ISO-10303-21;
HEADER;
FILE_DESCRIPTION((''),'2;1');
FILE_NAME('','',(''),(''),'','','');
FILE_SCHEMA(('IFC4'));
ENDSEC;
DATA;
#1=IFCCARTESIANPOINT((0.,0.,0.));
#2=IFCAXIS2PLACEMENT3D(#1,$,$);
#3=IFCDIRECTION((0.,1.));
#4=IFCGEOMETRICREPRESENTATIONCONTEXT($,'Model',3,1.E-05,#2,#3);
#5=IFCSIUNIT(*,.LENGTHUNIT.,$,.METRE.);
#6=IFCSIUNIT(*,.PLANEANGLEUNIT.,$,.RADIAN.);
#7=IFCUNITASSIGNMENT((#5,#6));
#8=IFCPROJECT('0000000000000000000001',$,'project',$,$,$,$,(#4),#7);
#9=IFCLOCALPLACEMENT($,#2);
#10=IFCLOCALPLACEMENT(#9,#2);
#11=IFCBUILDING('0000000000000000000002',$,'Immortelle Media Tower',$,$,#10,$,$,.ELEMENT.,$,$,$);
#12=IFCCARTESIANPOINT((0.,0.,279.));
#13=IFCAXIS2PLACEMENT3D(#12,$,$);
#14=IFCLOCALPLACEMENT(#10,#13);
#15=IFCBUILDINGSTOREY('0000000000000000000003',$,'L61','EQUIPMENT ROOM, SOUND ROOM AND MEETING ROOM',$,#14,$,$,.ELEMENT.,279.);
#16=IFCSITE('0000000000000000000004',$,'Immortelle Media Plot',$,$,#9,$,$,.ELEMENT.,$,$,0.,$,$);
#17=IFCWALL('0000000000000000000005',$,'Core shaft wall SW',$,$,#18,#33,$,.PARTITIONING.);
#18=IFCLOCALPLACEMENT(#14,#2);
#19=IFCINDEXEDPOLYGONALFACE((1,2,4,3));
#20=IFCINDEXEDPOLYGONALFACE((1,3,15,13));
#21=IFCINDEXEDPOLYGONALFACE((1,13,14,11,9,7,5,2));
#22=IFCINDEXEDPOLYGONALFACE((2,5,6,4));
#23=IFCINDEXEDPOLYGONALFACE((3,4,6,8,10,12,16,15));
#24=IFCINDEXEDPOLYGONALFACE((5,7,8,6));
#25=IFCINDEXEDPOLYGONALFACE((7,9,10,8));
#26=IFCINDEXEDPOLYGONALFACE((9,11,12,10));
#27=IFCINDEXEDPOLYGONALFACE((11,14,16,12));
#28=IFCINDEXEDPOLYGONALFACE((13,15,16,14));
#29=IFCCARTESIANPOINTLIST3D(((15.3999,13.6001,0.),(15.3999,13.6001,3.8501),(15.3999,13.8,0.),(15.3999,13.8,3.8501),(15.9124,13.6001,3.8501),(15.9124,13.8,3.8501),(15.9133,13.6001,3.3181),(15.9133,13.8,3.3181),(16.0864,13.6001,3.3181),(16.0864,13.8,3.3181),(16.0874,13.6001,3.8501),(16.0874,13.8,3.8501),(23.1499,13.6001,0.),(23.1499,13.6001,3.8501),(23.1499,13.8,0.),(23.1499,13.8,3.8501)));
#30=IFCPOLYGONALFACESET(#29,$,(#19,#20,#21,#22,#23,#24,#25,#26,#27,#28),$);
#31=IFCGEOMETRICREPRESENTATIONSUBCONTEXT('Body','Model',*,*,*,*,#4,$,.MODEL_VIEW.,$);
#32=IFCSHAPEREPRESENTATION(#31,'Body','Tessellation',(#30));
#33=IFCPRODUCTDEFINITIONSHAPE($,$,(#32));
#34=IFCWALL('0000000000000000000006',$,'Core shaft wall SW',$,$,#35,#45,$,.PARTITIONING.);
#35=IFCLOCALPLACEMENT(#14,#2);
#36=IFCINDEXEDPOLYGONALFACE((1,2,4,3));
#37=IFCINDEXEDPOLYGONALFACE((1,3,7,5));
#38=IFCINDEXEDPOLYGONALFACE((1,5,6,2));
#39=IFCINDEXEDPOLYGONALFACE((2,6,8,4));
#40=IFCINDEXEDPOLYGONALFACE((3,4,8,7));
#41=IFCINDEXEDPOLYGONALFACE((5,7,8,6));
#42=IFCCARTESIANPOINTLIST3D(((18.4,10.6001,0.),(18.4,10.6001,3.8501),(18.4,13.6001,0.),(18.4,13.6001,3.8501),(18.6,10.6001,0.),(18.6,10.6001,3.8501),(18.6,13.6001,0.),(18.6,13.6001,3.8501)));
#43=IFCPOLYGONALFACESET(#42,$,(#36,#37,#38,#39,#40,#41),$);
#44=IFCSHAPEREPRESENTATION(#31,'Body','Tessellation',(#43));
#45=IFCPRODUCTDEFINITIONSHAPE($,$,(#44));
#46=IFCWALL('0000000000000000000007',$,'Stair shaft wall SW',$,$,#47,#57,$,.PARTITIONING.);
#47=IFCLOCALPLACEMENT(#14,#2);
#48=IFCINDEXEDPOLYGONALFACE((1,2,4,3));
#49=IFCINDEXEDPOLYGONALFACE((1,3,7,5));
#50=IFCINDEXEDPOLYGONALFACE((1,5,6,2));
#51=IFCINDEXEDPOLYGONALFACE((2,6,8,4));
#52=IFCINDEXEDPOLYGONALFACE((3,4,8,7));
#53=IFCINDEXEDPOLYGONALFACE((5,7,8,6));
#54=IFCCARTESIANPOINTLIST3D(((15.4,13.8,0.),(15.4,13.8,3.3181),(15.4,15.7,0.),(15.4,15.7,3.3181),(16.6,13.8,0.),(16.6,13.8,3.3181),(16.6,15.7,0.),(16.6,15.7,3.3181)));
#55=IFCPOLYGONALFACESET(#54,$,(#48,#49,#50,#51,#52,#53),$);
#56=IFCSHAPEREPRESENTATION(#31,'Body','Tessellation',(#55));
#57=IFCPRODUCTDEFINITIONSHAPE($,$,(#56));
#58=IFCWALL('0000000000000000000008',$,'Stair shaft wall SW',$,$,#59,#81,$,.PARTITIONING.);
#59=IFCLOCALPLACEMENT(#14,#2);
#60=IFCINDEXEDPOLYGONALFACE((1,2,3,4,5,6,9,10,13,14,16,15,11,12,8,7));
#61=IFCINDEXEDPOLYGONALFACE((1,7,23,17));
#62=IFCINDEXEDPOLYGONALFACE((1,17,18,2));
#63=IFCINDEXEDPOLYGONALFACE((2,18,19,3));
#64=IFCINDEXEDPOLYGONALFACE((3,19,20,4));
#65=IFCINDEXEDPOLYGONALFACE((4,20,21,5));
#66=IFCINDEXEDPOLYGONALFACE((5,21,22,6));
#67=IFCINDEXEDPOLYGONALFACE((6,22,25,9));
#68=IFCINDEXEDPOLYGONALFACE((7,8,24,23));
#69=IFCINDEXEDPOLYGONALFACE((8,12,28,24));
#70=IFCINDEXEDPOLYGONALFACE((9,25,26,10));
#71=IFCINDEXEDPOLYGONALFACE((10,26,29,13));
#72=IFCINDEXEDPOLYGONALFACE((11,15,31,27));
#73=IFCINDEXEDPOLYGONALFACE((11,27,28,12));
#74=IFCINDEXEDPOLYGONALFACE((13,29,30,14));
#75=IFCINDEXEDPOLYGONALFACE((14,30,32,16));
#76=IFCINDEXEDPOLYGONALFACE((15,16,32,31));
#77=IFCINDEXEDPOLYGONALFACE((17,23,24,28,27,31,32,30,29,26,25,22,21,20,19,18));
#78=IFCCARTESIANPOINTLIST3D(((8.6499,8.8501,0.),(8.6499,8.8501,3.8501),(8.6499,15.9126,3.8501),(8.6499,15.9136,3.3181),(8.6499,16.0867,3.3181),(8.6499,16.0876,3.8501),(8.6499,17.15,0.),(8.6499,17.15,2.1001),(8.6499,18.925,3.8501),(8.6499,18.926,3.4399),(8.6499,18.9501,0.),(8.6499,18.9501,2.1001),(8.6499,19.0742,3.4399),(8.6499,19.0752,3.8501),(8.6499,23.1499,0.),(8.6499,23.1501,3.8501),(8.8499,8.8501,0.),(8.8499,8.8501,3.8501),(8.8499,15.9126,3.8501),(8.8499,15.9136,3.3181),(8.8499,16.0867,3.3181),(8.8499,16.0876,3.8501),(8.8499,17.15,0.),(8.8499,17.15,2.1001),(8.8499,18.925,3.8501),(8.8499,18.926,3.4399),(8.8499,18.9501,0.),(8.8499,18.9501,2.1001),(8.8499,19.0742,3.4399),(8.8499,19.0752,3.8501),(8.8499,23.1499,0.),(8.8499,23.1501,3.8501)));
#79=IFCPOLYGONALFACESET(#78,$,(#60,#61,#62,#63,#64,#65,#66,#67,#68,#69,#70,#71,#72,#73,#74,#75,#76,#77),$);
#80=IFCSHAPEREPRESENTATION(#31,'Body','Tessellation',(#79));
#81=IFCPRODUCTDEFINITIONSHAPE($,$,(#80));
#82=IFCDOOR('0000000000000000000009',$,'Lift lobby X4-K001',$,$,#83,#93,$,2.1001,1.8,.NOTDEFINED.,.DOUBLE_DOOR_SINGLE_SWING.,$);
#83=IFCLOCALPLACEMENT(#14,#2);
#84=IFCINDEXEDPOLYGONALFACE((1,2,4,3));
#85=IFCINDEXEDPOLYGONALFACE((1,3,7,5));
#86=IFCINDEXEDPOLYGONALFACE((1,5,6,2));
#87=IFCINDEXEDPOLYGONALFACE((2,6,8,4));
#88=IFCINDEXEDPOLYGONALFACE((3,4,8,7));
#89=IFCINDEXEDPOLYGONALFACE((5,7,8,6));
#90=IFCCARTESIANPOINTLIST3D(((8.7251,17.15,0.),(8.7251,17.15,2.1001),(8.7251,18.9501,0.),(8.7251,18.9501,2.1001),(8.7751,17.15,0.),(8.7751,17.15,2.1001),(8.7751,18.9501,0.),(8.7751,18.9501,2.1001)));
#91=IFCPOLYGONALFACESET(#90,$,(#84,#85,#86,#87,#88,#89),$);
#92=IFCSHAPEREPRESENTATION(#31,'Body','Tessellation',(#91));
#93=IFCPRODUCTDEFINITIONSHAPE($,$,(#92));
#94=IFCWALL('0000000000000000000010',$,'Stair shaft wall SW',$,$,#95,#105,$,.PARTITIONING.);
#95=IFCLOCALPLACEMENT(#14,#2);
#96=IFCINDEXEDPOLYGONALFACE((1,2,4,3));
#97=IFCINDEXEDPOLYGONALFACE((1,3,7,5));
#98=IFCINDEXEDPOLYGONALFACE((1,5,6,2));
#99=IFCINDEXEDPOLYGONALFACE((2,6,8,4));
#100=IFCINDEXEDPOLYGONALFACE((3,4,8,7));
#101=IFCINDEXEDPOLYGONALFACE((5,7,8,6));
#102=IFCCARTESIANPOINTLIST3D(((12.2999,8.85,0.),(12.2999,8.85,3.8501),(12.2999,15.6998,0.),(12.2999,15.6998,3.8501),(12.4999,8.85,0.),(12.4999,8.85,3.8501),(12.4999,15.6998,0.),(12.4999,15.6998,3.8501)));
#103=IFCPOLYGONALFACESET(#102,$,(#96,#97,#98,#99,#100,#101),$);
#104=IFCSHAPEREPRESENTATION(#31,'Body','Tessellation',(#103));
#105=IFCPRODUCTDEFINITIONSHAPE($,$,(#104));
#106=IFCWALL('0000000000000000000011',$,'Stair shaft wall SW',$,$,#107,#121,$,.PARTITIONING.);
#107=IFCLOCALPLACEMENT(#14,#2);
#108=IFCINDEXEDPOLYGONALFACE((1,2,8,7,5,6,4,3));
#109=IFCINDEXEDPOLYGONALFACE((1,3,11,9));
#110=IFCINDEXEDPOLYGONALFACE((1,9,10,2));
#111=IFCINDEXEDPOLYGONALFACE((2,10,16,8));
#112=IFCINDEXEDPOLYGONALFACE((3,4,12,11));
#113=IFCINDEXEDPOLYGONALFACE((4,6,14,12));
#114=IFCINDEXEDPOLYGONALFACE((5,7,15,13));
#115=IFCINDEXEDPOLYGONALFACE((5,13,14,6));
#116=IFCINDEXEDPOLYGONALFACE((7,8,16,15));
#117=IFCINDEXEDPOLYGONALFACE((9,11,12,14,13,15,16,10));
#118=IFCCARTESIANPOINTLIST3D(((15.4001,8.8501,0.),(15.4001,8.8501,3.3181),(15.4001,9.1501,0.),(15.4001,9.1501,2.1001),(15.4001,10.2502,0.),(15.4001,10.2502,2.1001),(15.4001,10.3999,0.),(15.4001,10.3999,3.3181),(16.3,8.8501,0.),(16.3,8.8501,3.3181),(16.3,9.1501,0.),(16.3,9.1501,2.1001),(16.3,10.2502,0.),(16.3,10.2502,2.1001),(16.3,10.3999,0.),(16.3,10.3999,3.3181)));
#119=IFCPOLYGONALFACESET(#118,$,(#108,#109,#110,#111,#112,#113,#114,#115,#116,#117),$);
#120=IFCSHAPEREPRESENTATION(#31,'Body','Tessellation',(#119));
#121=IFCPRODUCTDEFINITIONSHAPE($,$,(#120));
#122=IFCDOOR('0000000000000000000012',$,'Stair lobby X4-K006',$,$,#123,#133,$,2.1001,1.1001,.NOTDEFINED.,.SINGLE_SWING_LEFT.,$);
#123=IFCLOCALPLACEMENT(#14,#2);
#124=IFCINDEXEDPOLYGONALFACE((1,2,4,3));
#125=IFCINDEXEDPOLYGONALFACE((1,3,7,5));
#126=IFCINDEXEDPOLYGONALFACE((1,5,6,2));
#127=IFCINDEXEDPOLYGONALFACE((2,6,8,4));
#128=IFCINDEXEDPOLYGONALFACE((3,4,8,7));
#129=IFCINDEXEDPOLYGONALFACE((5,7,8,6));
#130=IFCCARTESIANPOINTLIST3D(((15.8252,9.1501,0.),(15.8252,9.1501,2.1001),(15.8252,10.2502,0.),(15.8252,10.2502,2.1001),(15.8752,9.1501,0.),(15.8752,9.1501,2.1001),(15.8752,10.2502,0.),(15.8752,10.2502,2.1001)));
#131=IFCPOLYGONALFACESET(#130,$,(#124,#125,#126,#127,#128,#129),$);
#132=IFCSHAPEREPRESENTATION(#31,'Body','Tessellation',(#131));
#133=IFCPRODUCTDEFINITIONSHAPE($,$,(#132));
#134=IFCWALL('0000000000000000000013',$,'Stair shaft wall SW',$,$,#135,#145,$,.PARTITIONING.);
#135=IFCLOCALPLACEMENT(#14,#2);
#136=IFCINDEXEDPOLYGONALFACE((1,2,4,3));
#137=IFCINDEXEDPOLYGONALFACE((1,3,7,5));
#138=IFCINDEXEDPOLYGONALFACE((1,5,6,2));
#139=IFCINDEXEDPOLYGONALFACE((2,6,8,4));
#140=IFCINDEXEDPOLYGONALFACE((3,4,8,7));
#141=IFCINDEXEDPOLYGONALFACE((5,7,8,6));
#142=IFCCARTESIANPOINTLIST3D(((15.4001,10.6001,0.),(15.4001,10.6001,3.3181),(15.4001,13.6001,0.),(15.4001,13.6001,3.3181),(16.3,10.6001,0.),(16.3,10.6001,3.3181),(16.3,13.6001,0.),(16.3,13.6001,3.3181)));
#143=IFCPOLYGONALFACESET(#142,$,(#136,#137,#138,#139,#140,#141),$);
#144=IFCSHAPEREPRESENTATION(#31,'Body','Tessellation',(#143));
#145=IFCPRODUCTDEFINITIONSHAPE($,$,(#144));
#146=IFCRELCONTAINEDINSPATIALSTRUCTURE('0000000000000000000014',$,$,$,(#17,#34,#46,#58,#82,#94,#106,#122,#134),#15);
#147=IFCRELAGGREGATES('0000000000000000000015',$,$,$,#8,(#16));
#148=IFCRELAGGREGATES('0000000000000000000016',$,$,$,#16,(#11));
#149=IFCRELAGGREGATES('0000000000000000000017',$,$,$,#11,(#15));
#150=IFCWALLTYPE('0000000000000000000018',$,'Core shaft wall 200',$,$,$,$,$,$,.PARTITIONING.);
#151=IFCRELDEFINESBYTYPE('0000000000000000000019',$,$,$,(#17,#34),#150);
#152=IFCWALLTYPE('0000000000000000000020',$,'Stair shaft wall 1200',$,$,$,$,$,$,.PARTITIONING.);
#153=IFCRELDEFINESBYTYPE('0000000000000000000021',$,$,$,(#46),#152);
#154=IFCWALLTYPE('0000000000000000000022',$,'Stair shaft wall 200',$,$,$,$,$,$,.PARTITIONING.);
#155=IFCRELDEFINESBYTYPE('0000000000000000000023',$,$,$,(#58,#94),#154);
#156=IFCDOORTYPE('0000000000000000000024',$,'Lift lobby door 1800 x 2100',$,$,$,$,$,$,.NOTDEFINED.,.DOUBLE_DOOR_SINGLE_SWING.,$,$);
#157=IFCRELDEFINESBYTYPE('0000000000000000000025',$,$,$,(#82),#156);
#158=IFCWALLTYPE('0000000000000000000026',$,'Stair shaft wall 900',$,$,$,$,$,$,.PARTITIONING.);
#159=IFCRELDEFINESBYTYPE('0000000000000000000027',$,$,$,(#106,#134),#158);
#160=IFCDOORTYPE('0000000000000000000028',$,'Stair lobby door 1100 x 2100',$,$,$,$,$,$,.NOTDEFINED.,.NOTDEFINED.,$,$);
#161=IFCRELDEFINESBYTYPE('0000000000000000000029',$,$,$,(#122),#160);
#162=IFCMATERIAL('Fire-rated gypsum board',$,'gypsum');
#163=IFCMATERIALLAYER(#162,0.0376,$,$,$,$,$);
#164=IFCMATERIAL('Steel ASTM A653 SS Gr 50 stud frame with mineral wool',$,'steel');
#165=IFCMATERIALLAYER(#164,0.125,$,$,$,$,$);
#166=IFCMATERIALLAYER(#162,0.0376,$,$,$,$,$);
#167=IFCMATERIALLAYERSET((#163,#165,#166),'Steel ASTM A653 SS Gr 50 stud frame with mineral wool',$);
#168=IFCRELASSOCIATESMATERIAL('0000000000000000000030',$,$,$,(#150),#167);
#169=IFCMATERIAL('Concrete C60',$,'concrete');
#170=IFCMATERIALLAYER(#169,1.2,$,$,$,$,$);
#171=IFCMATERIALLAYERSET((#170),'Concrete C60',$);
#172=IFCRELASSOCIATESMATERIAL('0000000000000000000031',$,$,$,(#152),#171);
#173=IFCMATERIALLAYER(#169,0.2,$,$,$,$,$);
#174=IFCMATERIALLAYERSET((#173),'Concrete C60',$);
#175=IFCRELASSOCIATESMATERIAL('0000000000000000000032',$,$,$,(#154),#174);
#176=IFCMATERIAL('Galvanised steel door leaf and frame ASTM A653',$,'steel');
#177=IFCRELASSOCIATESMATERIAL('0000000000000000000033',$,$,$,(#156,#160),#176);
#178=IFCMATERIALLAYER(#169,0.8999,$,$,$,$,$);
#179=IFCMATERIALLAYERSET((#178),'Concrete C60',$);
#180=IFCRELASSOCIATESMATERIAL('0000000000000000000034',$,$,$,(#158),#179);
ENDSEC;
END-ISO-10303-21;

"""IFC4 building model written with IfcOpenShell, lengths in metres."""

from ifc_helpers import new_model, si_unit, direction, frame, frame_2d, origin, place, context, subcontext, project, spatial, polyline, rectangle, outline, extrude, material, layer, layer_set, type_object, element, fill, save


model = new_model("IFC4")

# Units and contexts
model_context = context("Model", 3, precision=1e-05, world=origin(), true_north=direction((0.0, 1.0)))
body_context = subcontext(model_context, "Body", "Model", "MODEL_VIEW")
ifc_project = project(units=[si_unit("LENGTHUNIT", "METRE"), si_unit("PLANEANGLEUNIT", "RADIAN")], contexts=[model_context])

# Site, building, storey
site_placement = place(None, origin())
site = spatial("IfcSite", under=ifc_project, at=site_placement, Name="Immortelle Media Plot", CompositionType="ELEMENT", RefElevation=0.0)
building_placement = place(site_placement, origin())
building = spatial("IfcBuilding", under=site, at=building_placement, Name="Immortelle Media Tower", CompositionType="ELEMENT")
storey_placement = place(building_placement, frame((0.0, 0.0, 279.0)))
storey = spatial("IfcBuildingStorey", under=building, at=storey_placement, Name="L61", Description="EQUIPMENT ROOM, SOUND ROOM AND MEETING ROOM", CompositionType="ELEMENT", Elevation=279.0)

# Shared definitions
ifc_material_1 = material(Name="Fire-rated gypsum board", Category="gypsum")
ifc_layer_1 = layer(ifc_material_1, 0.0376)
ifc_material_2 = material(Name="Steel ASTM A653 SS Gr 50 stud frame with mineral wool", Category="steel")
ifc_layer_2 = layer(ifc_material_2, 0.125)
ifc_layer_3 = layer(ifc_material_1, 0.0376)
ifc_layer_set_1 = layer_set([ifc_layer_1, ifc_layer_2, ifc_layer_3], Name="Steel ASTM A653 SS Gr 50 stud frame with mineral wool")
wall_type_1 = type_object("IfcWallType", Name="Core shaft wall 200", PredefinedType="PARTITIONING", material=ifc_layer_set_1)

# Walls
wall_1_placement = place(storey_placement, frame((15.3999, 13.7, 0.0), z_axis=(0.0, 0.0, 1.0), x_axis=(1.0, 0.0, 0.0)))
element("IfcWall", 1, at=wall_1_placement, inside=storey, type_object=wall_type_1, Name="Core shaft wall SW", PredefinedType="PARTITIONING", context=body_context, shape_type="SweptSolid", body=[
    extrude(outline(polyline([(0.0, 0.0), (7.75, 0.0), (7.75, 3.8501), (0.6875, 3.8501), (0.6865, 3.3181), (0.5134, 3.3181), (0.5125, 3.8501), (0.0, 3.8501), (0.0, 0.0)])), frame((0.0, 0.1001, 0.0), z_axis=(0.0, -1.0, 0.0), x_axis=(1.0, 0.0, 0.0)), (0.0, 0.0, 1.0), 0.2),
])
wall_2_placement = place(storey_placement, frame((18.5, 10.6001, 0.0), z_axis=(0.0, 0.0, 1.0), x_axis=(0.0, 1.0, 0.0)))
element("IfcWall", 2, at=wall_2_placement, inside=storey, type_object=wall_type_1, Name="Core shaft wall SW", PredefinedType="PARTITIONING", context=body_context, shape_type="SweptSolid", body=[
    extrude(rectangle(XDim=3.0, YDim=0.2, at=frame_2d((1.5, 0.0))), origin(), (0.0, 0.0, 1.0), 3.8501),
])
ifc_material_3 = material(Name="Concrete C60", Category="concrete")
ifc_layer_4 = layer(ifc_material_3, 1.2)
ifc_layer_set_2 = layer_set([ifc_layer_4], Name="Concrete C60")
wall_type_2 = type_object("IfcWallType", Name="Stair shaft wall 1200", PredefinedType="PARTITIONING", material=ifc_layer_set_2)
wall_3_placement = place(storey_placement, frame((16.0, 13.8, 0.0), z_axis=(0.0, 0.0, 1.0), x_axis=(0.0, 1.0, 0.0)))
element("IfcWall", 3, at=wall_3_placement, inside=storey, type_object=wall_type_2, Name="Stair shaft wall SW", PredefinedType="PARTITIONING", context=body_context, shape_type="SweptSolid", body=[
    extrude(rectangle(XDim=1.8999, YDim=1.2, at=frame_2d((0.95, 0.0))), origin(), (0.0, 0.0, 1.0), 3.3181),
])

# Wall, opening, door
ifc_layer_5 = layer(ifc_material_3, 0.2)
ifc_layer_set_3 = layer_set([ifc_layer_5], Name="Concrete C60")
wall_type_3 = type_object("IfcWallType", Name="Stair shaft wall 200", PredefinedType="PARTITIONING", material=ifc_layer_set_3)
wall_4_placement = place(storey_placement, frame((8.75, 8.8501, 0.0), z_axis=(0.0, 0.0, 1.0), x_axis=(0.0, 1.0, 0.0)))
wall_4 = element("IfcWall", 4, at=wall_4_placement, inside=storey, type_object=wall_type_3, Name="Stair shaft wall SW", PredefinedType="PARTITIONING", context=body_context, shape_type="SweptSolid", body=[
    extrude(outline(polyline([(0.0, 0.0), (14.2998, 0.0), (14.3, 3.8501), (10.2251, 3.8501), (10.2241, 3.4399), (10.0759, 3.4399), (10.075, 3.8501), (7.2375, 3.8501), (7.2366, 3.3181), (7.0635, 3.3181), (7.0625, 3.8501), (0.0, 3.8501), (0.0, 0.0)])), frame((0.0, 0.1001, 0.0), z_axis=(0.0, -1.0, 0.0), x_axis=(1.0, 0.0, 0.0)), (0.0, 0.0, 1.0), 0.2),
])
opening_1_placement = place(wall_4_placement, frame((8.3, 0.0, 0.0)))
opening_1 = element("IfcOpeningElement", 5, at=opening_1_placement, cuts=wall_4, PredefinedType="OPENING", context=body_context, shape_type="SweptSolid", body=[
    extrude(rectangle(XDim=1.8, YDim=2.1001, at=frame_2d((0.8999, 1.05))), frame((0.0, 0.1099, 0.0), z_axis=(0.0, -1.0, 0.0), x_axis=(1.0, 0.0, 0.0)), (0.0, 0.0, 1.0), 0.22),
])
ifc_material_4 = material(Name="Galvanised steel door leaf and frame ASTM A653", Category="steel")
door_type_1 = type_object("IfcDoorType", Name="Lift lobby door 1800 x 2100", OperationType="DOUBLE_DOOR_SINGLE_SWING", PredefinedType="NOTDEFINED", material=ifc_material_4)
door_1_placement = place(opening_1_placement, origin())
door_1 = element("IfcDoor", 6, at=door_1_placement, inside=storey, type_object=door_type_1, Name="Lift lobby X4-K001", OperationType="DOUBLE_DOOR_SINGLE_SWING", OverallHeight=2.1001, OverallWidth=1.8, PredefinedType="NOTDEFINED", context=body_context, shape_type="SweptSolid", body=[
    extrude(rectangle(XDim=1.8, YDim=2.1001, at=frame_2d((0.8999, 1.05))), frame((0.0, 0.0249, 0.0), z_axis=(0.0, -1.0, 0.0), x_axis=(1.0, 0.0, 0.0)), (0.0, 0.0, 1.0), 0.05),
])
fill(opening_1, door_1)

# Wall
wall_5_placement = place(storey_placement, frame((12.3999, 8.8501, 0.0), z_axis=(0.0, 0.0, 1.0), x_axis=(0.0, 1.0, 0.0)))
element("IfcWall", 7, at=wall_5_placement, inside=storey, type_object=wall_type_3, Name="Stair shaft wall SW", PredefinedType="PARTITIONING", context=body_context, shape_type="SweptSolid", body=[
    extrude(rectangle(XDim=6.8499, YDim=0.2, at=frame_2d((3.4248, 0.0))), origin(), (0.0, 0.0, 1.0), 3.8501),
])

# Wall, opening, door
ifc_layer_6 = layer(ifc_material_3, 0.8999)
ifc_layer_set_4 = layer_set([ifc_layer_6], Name="Concrete C60")
wall_type_4 = type_object("IfcWallType", Name="Stair shaft wall 900", PredefinedType="PARTITIONING", material=ifc_layer_set_4)
wall_6_placement = place(storey_placement, frame((15.8501, 8.8501, 0.0), z_axis=(0.0, 0.0, 1.0), x_axis=(0.0, 1.0, 0.0)))
wall_6 = element("IfcWall", 8, at=wall_6_placement, inside=storey, type_object=wall_type_4, Name="Stair shaft wall SW", PredefinedType="PARTITIONING", context=body_context, shape_type="SweptSolid", body=[
    extrude(rectangle(XDim=1.5498, YDim=0.8999, at=frame_2d((0.7749, 0.0))), origin(), (0.0, 0.0, 1.0), 3.3181),
])
opening_2_placement = place(wall_6_placement, frame((0.3, 0.0, 0.0)))
opening_2 = element("IfcOpeningElement", 9, at=opening_2_placement, cuts=wall_6, PredefinedType="OPENING", context=body_context, shape_type="SweptSolid", body=[
    extrude(rectangle(XDim=1.1001, YDim=2.1001, at=frame_2d((0.55, 1.05))), frame((0.0, 0.46, 0.0), z_axis=(0.0, -1.0, 0.0), x_axis=(1.0, 0.0, 0.0)), (0.0, 0.0, 1.0), 0.9199),
])
door_type_2 = type_object("IfcDoorType", Name="Stair lobby door 1100 x 2100", OperationType="NOTDEFINED", PredefinedType="NOTDEFINED", material=ifc_material_4)
door_2_placement = place(opening_2_placement, origin())
door_2 = element("IfcDoor", 10, at=door_2_placement, inside=storey, type_object=door_type_2, Name="Stair lobby X4-K006", OperationType="SINGLE_SWING_LEFT", OverallHeight=2.1001, OverallWidth=1.1001, PredefinedType="NOTDEFINED", context=body_context, shape_type="SweptSolid", body=[
    extrude(rectangle(XDim=1.1001, YDim=2.1001, at=frame_2d((0.55, 1.05))), frame((0.0, 0.0249, 0.0), z_axis=(0.0, -1.0, 0.0), x_axis=(1.0, 0.0, 0.0)), (0.0, 0.0, 1.0), 0.05),
])
fill(opening_2, door_2)

# Wall
wall_7_placement = place(storey_placement, frame((15.8501, 10.6001, 0.0), z_axis=(0.0, 0.0, 1.0), x_axis=(0.0, 1.0, 0.0)))
element("IfcWall", 11, at=wall_7_placement, inside=storey, type_object=wall_type_4, Name="Stair shaft wall SW", PredefinedType="PARTITIONING", context=body_context, shape_type="SweptSolid", body=[
    extrude(rectangle(XDim=3.0, YDim=0.8999, at=frame_2d((1.5, 0.0))), origin(), (0.0, 0.0, 1.0), 3.3181),
])

save(model, "model.ifc")
